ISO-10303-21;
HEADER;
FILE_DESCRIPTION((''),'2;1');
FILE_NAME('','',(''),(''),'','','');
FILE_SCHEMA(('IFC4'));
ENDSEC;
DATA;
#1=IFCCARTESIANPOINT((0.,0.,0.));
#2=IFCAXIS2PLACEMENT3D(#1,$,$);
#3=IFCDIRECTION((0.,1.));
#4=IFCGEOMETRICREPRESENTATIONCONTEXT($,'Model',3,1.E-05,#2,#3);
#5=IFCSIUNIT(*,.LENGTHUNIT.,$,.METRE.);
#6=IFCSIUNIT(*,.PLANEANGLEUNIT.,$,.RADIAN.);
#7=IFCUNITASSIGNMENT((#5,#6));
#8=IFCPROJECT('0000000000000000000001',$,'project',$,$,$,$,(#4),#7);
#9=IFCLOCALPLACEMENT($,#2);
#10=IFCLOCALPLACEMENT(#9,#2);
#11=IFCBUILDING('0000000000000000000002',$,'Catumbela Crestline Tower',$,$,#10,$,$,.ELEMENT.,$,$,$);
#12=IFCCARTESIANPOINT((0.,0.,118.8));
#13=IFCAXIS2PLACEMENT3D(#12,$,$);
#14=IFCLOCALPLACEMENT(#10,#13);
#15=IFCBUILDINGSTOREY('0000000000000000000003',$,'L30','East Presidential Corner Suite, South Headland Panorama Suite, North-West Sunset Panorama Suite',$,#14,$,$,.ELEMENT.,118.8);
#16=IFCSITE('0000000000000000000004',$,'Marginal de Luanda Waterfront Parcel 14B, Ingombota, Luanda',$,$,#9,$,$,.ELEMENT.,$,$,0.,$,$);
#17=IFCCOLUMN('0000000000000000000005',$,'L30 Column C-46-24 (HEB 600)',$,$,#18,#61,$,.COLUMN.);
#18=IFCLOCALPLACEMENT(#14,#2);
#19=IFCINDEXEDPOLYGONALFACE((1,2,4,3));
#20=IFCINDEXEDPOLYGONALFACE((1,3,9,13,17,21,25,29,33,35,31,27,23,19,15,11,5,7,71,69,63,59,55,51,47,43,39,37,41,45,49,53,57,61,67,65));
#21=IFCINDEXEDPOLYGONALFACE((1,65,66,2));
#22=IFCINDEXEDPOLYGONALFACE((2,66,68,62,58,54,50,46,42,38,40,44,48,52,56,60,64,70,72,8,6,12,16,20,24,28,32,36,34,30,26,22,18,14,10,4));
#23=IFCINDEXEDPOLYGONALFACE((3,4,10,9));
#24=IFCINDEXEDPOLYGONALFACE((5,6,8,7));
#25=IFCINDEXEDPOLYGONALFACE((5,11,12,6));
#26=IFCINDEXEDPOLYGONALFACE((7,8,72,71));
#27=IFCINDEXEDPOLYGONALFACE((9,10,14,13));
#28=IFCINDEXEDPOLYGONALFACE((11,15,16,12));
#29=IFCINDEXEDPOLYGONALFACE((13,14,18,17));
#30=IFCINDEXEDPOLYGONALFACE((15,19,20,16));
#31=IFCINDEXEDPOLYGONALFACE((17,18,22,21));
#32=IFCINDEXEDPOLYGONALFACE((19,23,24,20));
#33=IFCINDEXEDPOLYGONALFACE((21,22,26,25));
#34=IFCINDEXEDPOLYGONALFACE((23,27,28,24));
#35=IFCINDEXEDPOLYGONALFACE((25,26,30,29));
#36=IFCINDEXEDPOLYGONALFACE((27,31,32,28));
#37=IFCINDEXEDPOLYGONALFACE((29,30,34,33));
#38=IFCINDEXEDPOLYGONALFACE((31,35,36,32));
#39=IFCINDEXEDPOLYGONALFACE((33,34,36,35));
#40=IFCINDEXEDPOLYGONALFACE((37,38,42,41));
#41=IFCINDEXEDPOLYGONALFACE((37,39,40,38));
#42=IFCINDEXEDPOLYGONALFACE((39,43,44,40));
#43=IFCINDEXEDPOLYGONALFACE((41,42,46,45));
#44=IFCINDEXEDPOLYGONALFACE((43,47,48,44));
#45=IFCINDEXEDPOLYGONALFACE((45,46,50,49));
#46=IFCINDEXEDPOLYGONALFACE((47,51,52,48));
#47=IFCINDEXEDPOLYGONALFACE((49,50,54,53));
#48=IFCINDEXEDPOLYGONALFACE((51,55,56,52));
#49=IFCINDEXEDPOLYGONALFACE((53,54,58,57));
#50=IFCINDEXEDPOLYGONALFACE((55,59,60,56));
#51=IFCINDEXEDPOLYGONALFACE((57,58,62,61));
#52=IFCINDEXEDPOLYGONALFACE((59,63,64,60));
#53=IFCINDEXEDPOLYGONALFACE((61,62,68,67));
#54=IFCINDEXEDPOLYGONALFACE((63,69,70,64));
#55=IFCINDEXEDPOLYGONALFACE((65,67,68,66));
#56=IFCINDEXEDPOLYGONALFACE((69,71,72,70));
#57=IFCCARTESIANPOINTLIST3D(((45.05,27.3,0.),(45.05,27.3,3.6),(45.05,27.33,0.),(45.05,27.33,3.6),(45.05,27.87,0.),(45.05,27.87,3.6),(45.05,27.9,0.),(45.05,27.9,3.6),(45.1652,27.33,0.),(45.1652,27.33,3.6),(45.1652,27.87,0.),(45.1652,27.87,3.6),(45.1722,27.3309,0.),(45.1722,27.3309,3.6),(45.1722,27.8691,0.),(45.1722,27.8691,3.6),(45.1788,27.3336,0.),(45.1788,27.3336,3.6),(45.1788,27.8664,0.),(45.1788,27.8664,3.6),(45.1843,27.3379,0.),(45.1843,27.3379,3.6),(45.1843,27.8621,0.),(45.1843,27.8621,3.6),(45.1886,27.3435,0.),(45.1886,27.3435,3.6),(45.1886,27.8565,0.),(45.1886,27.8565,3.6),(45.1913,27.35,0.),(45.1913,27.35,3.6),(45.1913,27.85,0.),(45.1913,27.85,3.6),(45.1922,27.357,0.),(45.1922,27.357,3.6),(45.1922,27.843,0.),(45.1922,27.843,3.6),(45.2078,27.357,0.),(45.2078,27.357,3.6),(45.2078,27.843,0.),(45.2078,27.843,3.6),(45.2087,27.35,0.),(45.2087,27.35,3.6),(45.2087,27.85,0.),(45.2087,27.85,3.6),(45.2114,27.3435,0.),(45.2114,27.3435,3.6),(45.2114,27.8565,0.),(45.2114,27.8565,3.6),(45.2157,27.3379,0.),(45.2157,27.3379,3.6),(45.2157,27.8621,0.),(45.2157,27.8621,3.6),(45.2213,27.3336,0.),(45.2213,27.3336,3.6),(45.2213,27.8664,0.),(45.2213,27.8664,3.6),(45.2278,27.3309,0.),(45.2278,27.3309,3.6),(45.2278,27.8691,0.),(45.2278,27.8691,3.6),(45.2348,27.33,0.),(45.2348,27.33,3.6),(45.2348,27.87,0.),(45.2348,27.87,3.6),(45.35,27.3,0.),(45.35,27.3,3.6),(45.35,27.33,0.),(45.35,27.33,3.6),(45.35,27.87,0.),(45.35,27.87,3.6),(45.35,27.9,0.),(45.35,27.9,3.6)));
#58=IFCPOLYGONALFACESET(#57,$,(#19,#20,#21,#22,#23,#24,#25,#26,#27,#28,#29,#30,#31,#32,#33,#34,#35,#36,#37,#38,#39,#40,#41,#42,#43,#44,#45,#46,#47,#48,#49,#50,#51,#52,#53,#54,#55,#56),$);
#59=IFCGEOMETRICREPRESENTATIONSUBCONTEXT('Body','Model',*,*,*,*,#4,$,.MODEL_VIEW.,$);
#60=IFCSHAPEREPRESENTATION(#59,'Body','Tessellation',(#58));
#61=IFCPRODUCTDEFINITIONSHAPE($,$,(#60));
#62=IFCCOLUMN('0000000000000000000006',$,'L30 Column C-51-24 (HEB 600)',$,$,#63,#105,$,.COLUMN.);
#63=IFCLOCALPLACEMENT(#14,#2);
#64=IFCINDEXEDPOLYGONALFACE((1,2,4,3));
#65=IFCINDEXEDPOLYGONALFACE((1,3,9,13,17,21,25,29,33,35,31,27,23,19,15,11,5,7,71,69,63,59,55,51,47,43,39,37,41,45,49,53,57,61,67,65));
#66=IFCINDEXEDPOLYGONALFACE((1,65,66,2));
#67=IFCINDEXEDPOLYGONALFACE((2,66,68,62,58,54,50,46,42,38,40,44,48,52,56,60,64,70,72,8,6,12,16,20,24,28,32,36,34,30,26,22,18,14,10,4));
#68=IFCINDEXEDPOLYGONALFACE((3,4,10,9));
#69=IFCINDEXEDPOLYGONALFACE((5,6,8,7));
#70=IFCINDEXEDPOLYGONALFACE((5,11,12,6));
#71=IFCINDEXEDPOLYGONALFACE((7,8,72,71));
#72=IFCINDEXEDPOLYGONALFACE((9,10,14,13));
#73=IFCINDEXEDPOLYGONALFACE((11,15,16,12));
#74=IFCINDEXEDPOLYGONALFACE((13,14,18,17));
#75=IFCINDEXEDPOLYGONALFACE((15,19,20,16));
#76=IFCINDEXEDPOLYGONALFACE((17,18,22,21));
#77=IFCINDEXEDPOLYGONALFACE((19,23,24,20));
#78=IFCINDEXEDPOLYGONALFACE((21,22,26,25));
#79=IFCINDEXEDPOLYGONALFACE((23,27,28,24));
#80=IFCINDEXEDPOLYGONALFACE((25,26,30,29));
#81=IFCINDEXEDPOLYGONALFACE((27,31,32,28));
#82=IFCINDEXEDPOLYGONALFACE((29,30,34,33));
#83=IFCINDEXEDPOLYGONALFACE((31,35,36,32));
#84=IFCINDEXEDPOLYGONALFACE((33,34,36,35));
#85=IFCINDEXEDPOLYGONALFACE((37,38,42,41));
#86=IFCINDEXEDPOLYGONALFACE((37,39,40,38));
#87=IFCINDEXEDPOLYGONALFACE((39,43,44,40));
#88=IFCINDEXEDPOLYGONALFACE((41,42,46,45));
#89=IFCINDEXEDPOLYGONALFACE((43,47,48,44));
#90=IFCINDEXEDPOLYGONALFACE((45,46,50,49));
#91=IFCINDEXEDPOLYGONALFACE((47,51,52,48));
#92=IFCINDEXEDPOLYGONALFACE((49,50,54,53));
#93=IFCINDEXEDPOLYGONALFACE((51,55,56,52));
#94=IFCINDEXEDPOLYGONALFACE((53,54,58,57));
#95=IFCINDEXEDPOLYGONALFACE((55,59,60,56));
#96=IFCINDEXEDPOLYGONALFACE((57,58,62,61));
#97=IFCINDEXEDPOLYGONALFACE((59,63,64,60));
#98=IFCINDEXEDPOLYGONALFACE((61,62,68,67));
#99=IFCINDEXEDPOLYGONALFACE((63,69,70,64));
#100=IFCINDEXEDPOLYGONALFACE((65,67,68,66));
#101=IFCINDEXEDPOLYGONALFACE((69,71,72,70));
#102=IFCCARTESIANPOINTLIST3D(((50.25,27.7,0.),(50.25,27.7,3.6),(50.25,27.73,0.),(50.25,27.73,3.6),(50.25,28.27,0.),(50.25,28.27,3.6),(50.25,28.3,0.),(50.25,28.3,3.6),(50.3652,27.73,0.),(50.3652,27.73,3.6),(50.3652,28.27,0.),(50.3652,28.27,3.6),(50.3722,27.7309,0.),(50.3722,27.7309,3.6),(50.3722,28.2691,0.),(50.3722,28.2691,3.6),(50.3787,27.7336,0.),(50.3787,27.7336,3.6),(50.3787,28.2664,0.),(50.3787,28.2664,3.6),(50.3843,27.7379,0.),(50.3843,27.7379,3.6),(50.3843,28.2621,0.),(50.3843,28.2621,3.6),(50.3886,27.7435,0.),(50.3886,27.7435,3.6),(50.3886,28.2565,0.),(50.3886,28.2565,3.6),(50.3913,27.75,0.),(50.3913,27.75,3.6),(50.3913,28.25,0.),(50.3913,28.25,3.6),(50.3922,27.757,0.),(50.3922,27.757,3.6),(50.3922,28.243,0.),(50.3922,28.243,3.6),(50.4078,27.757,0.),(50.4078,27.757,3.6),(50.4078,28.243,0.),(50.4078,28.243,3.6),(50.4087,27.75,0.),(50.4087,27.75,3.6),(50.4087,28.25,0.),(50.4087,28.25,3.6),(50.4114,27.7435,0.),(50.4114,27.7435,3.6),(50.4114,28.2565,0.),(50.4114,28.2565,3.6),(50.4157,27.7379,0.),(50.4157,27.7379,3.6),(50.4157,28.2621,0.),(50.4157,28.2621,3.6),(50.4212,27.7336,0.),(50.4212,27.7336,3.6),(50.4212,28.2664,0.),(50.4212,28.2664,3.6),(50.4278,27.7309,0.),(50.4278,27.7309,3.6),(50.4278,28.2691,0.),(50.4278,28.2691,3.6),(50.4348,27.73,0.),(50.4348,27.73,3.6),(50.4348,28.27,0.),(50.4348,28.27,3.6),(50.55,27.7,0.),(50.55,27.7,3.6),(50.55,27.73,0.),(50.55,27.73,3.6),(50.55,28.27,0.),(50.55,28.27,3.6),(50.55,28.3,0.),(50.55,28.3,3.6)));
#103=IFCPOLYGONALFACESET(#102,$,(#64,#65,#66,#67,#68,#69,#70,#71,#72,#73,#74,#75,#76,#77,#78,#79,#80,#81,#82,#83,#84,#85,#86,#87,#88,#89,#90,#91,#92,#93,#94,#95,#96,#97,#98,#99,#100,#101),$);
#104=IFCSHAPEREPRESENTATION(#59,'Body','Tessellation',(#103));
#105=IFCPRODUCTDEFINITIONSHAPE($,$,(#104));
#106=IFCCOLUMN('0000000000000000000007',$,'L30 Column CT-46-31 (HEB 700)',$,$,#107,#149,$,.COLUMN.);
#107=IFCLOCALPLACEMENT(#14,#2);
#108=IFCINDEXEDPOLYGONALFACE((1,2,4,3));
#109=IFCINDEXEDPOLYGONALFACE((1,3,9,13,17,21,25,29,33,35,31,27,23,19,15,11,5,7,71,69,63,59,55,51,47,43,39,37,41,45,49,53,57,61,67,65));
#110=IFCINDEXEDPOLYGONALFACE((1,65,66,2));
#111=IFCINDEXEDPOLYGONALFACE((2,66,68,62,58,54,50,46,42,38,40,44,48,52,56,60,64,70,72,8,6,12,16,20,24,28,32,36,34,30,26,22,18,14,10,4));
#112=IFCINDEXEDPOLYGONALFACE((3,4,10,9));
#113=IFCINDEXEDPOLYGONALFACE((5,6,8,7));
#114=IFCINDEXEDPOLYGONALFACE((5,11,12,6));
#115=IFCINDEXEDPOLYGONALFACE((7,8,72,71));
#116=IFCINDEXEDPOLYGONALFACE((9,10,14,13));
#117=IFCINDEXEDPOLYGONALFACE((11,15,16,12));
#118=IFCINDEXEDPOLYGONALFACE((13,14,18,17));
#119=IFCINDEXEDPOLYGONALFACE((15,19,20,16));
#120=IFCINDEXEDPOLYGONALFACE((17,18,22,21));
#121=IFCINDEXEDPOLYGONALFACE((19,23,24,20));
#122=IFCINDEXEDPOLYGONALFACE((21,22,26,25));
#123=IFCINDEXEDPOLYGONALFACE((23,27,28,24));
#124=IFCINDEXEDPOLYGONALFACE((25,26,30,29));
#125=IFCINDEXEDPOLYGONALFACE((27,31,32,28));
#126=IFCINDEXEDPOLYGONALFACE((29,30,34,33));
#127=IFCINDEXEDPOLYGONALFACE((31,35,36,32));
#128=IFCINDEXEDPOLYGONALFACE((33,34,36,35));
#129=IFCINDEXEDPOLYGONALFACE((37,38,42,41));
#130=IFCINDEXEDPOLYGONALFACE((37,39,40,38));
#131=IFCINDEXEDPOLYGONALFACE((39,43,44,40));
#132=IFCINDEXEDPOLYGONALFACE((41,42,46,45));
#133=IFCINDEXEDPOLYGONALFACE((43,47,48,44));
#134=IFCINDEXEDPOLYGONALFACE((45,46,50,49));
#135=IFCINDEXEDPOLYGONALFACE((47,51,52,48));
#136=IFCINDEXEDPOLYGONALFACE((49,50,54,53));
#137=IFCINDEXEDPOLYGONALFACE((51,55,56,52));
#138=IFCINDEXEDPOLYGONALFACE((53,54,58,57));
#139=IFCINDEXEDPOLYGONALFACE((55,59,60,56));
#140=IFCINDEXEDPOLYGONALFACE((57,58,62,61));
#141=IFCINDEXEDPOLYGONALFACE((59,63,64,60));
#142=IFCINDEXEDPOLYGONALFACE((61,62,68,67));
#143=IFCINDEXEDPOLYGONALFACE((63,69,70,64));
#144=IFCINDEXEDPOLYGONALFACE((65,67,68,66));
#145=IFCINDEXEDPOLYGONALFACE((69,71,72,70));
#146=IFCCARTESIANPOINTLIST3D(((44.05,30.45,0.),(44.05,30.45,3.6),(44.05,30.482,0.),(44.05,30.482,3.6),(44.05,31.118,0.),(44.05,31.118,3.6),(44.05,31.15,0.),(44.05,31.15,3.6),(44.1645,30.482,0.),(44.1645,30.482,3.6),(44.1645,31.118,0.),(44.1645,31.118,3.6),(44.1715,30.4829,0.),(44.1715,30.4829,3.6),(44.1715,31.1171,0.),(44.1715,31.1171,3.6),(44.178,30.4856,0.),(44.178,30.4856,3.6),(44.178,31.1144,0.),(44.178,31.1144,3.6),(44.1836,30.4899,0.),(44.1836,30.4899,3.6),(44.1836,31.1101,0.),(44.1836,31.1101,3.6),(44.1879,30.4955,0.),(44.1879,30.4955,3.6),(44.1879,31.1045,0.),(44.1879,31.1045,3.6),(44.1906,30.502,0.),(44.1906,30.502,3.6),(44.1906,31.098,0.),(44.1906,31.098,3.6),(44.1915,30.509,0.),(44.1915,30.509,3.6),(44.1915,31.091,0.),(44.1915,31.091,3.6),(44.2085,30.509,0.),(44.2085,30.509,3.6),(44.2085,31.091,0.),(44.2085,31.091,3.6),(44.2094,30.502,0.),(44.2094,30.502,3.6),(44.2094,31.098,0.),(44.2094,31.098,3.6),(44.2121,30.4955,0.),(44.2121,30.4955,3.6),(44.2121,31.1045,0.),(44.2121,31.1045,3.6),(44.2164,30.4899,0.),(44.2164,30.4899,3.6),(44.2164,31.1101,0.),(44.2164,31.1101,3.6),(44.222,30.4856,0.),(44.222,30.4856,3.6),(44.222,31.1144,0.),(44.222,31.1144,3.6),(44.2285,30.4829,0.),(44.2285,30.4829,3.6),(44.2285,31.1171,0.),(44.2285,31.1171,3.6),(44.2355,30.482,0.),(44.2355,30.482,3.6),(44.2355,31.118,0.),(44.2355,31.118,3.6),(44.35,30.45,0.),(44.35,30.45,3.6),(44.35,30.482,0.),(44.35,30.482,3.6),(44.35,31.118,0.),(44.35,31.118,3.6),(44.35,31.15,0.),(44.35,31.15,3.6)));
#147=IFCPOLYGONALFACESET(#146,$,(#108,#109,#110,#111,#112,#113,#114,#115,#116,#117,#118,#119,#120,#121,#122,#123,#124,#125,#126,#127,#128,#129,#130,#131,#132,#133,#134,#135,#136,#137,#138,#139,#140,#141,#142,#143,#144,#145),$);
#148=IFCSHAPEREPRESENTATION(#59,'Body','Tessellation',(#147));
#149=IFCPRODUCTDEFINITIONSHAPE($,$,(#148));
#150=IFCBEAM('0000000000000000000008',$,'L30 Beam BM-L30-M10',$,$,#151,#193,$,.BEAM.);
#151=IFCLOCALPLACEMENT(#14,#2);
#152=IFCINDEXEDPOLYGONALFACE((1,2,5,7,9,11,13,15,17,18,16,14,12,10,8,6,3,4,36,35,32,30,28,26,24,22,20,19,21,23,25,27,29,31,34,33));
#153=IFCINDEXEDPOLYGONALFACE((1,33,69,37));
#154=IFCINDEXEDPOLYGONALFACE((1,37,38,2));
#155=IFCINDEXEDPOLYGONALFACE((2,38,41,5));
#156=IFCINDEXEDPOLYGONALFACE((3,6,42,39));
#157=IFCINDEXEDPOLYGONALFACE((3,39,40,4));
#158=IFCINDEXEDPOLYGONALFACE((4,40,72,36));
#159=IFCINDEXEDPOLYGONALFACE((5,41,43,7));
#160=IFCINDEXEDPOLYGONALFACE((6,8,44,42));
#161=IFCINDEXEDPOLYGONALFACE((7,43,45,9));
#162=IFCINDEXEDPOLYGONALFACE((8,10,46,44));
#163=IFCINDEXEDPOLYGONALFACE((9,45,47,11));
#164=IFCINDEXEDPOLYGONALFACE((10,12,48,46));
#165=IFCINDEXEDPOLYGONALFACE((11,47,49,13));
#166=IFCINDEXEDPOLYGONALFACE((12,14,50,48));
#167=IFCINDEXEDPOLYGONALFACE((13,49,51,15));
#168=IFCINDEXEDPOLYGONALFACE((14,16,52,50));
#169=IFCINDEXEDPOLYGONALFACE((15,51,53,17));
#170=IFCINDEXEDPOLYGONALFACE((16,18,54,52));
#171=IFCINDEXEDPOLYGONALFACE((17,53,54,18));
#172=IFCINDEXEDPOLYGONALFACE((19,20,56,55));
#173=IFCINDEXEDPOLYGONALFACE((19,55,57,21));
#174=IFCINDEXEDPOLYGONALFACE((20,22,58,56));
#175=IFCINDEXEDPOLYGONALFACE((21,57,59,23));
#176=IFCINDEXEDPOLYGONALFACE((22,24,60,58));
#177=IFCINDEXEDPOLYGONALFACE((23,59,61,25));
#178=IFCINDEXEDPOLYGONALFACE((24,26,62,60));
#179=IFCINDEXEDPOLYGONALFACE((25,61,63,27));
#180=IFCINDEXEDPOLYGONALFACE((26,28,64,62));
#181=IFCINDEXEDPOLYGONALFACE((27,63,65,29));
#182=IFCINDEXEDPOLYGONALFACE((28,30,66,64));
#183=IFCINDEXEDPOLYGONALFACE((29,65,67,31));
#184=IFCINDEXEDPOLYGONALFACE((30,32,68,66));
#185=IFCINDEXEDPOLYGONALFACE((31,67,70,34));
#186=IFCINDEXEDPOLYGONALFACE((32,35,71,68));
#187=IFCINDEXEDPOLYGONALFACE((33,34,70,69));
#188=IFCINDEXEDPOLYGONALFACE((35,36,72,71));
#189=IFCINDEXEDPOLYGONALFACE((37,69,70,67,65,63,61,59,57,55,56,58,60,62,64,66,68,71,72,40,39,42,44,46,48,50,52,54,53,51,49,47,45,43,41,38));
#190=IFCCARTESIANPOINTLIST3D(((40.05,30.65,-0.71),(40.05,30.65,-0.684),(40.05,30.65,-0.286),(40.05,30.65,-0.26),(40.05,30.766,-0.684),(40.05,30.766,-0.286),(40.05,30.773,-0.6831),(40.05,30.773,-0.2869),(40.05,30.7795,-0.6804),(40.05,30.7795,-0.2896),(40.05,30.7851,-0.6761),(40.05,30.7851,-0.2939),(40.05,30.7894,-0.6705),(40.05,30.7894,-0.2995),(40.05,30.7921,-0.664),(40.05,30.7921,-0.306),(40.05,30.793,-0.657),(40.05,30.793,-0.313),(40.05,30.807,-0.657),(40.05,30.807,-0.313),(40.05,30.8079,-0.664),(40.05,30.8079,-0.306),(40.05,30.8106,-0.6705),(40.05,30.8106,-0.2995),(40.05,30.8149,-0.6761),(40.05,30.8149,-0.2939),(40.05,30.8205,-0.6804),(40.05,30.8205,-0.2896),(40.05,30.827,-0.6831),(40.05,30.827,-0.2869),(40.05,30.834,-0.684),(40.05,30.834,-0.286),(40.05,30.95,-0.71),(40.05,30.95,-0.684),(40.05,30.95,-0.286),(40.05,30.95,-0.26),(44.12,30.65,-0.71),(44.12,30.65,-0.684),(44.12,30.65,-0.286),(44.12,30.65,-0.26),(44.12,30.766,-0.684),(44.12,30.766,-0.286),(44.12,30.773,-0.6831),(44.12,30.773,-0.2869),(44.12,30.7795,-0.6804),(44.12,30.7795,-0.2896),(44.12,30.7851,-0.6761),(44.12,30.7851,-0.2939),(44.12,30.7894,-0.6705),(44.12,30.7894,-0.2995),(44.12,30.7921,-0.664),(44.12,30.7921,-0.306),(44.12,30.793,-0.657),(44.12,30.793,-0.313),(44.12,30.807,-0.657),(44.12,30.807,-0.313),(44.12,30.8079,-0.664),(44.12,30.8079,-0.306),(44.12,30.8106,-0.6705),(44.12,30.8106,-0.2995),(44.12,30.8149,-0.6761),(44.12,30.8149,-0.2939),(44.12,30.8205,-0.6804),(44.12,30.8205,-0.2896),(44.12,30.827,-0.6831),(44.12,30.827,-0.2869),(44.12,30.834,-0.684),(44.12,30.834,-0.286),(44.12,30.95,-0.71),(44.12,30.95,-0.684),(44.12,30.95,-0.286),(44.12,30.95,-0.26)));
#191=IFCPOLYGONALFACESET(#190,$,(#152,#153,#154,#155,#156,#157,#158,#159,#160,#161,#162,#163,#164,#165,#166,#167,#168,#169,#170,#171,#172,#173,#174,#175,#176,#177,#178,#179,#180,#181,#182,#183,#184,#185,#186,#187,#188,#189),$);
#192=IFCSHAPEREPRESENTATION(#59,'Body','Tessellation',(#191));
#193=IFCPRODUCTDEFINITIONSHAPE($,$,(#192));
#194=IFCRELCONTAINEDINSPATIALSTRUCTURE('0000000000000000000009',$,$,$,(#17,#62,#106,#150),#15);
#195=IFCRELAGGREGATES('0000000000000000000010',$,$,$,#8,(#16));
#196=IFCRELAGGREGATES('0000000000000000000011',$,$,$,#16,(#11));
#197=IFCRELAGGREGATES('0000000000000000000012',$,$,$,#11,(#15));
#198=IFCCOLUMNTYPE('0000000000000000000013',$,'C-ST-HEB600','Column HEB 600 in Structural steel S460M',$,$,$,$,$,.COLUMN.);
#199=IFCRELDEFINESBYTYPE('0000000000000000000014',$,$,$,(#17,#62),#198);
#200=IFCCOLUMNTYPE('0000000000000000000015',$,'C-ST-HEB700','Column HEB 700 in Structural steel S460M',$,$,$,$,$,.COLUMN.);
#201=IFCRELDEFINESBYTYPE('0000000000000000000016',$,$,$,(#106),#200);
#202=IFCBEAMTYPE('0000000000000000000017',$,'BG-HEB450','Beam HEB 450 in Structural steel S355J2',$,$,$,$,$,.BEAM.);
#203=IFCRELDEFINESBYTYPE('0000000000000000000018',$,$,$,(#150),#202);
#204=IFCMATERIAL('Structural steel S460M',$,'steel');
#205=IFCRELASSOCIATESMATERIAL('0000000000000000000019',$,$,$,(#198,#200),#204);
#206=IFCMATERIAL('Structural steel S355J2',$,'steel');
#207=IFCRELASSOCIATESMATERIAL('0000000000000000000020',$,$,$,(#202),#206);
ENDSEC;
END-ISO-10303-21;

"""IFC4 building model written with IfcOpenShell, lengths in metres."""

from ifc_helpers import new_model, si_unit, direction, frame, origin, origin_2d, place, context, subcontext, project, spatial, i_section, extrude, material, material_profile, profile_set, type_object, element, save


model = new_model("IFC4")

# Units and contexts
model_context = context("Model", 3, precision=1e-05, world=origin(), true_north=direction((0.0, 1.0)))
body_context = subcontext(model_context, "Body", "Model", "MODEL_VIEW")
ifc_project = project(units=[si_unit("LENGTHUNIT", "METRE"), si_unit("PLANEANGLEUNIT", "RADIAN")], contexts=[model_context])

# Site, building, storey
site_placement = place(None, origin())
site = spatial("IfcSite", under=ifc_project, at=site_placement, Name="Marginal de Luanda Waterfront Parcel 14B, Ingombota, Luanda", CompositionType="ELEMENT", RefElevation=0.0)
building_placement = place(site_placement, origin())
building = spatial("IfcBuilding", under=site, at=building_placement, Name="Catumbela Crestline Tower", CompositionType="ELEMENT")
storey_placement = place(building_placement, frame((0.0, 0.0, 118.8)))
storey = spatial("IfcBuildingStorey", under=building, at=storey_placement, Name="L30", Description="East Presidential Corner Suite, South Headland Panorama Suite, North-West Sunset Panorama Suite", CompositionType="ELEMENT", Elevation=118.8)

# Columns
ifc_material_1 = material(Name="Structural steel S460M", Category="steel")
ifc_material_profile_1 = material_profile(ifc_material_1, i_section(OverallWidth=0.3, OverallDepth=0.6, WebThickness=0.0155, FlangeThickness=0.03, FilletRadius=0.027, at=origin_2d()), Name="HEB 600")
ifc_profile_set_1 = profile_set([ifc_material_profile_1], Name="Structural steel S460M")
column_type_1 = type_object("IfcColumnType", Name="C-ST-HEB600", Description="Column HEB 600 in Structural steel S460M", PredefinedType="COLUMN", material=ifc_profile_set_1)
for number, where, z_axis, x_axis, name in (
    (1, (45.2, 27.6, 0.0), (0.0, 0.0, 1.0), (1.0, 0.0, 0.0), "L30 Column C-46-24 (HEB 600)"),
    (2, (50.4, 28.0, 0.0), (0.0, 0.0, 1.0), (1.0, 0.0, 0.0), "L30 Column C-51-24 (HEB 600)"),
):
    element("IfcColumn", number, at=place(storey_placement, frame(where, z_axis=z_axis, x_axis=x_axis)), inside=storey, type_object=column_type_1, Name=name, PredefinedType="COLUMN", context=body_context, shape_type="SweptSolid", body=[
        extrude(i_section(OverallWidth=0.3, OverallDepth=0.6, WebThickness=0.0155, FlangeThickness=0.03, FilletRadius=0.027, at=origin_2d()), origin(), (0.0, 0.0, 1.0), 3.6),
    ])
ifc_material_profile_2 = material_profile(ifc_material_1, i_section(OverallWidth=0.3, OverallDepth=0.7, WebThickness=0.017, FlangeThickness=0.032, FilletRadius=0.027, at=origin_2d()), Name="HEB 700")
ifc_profile_set_2 = profile_set([ifc_material_profile_2], Name="Structural steel S460M")
column_type_2 = type_object("IfcColumnType", Name="C-ST-HEB700", Description="Column HEB 700 in Structural steel S460M", PredefinedType="COLUMN", material=ifc_profile_set_2)
column_placement = place(storey_placement, frame((44.2, 30.8, 0.0), z_axis=(0.0, 0.0, 1.0), x_axis=(1.0, 0.0, 0.0)))
element("IfcColumn", 3, at=column_placement, inside=storey, type_object=column_type_2, Name="L30 Column CT-46-31 (HEB 700)", PredefinedType="COLUMN", context=body_context, shape_type="SweptSolid", body=[
    extrude(i_section(OverallWidth=0.3, OverallDepth=0.7, WebThickness=0.017, FlangeThickness=0.032, FilletRadius=0.027, at=origin_2d()), origin(), (0.0, 0.0, 1.0), 3.6),
])

# Beam
ifc_material_2 = material(Name="Structural steel S355J2", Category="steel")
ifc_material_profile_3 = material_profile(ifc_material_2, i_section(OverallWidth=0.3, OverallDepth=0.45, WebThickness=0.014, FlangeThickness=0.026, FilletRadius=0.027, at=origin_2d()), Name="HEB 450")
ifc_profile_set_3 = profile_set([ifc_material_profile_3], Name="Structural steel S355J2")
beam_type_1 = type_object("IfcBeamType", Name="BG-HEB450", Description="Beam HEB 450 in Structural steel S355J2", PredefinedType="BEAM", material=ifc_profile_set_3)
beam_1_placement = place(storey_placement, frame((40.05, 30.8, -0.485), z_axis=(1.0, 0.0, 0.0), x_axis=(0.0, 1.0, 0.0)))
element("IfcBeam", 4, at=beam_1_placement, inside=storey, type_object=beam_type_1, Name="L30 Beam BM-L30-M10", PredefinedType="BEAM", context=body_context, shape_type="SweptSolid", body=[
    extrude(i_section(OverallWidth=0.3, OverallDepth=0.45, WebThickness=0.014, FlangeThickness=0.026, FilletRadius=0.027, at=origin_2d()), origin(), (0.0, 0.0, 1.0), 4.07),
])

save(model, "model.ifc")
